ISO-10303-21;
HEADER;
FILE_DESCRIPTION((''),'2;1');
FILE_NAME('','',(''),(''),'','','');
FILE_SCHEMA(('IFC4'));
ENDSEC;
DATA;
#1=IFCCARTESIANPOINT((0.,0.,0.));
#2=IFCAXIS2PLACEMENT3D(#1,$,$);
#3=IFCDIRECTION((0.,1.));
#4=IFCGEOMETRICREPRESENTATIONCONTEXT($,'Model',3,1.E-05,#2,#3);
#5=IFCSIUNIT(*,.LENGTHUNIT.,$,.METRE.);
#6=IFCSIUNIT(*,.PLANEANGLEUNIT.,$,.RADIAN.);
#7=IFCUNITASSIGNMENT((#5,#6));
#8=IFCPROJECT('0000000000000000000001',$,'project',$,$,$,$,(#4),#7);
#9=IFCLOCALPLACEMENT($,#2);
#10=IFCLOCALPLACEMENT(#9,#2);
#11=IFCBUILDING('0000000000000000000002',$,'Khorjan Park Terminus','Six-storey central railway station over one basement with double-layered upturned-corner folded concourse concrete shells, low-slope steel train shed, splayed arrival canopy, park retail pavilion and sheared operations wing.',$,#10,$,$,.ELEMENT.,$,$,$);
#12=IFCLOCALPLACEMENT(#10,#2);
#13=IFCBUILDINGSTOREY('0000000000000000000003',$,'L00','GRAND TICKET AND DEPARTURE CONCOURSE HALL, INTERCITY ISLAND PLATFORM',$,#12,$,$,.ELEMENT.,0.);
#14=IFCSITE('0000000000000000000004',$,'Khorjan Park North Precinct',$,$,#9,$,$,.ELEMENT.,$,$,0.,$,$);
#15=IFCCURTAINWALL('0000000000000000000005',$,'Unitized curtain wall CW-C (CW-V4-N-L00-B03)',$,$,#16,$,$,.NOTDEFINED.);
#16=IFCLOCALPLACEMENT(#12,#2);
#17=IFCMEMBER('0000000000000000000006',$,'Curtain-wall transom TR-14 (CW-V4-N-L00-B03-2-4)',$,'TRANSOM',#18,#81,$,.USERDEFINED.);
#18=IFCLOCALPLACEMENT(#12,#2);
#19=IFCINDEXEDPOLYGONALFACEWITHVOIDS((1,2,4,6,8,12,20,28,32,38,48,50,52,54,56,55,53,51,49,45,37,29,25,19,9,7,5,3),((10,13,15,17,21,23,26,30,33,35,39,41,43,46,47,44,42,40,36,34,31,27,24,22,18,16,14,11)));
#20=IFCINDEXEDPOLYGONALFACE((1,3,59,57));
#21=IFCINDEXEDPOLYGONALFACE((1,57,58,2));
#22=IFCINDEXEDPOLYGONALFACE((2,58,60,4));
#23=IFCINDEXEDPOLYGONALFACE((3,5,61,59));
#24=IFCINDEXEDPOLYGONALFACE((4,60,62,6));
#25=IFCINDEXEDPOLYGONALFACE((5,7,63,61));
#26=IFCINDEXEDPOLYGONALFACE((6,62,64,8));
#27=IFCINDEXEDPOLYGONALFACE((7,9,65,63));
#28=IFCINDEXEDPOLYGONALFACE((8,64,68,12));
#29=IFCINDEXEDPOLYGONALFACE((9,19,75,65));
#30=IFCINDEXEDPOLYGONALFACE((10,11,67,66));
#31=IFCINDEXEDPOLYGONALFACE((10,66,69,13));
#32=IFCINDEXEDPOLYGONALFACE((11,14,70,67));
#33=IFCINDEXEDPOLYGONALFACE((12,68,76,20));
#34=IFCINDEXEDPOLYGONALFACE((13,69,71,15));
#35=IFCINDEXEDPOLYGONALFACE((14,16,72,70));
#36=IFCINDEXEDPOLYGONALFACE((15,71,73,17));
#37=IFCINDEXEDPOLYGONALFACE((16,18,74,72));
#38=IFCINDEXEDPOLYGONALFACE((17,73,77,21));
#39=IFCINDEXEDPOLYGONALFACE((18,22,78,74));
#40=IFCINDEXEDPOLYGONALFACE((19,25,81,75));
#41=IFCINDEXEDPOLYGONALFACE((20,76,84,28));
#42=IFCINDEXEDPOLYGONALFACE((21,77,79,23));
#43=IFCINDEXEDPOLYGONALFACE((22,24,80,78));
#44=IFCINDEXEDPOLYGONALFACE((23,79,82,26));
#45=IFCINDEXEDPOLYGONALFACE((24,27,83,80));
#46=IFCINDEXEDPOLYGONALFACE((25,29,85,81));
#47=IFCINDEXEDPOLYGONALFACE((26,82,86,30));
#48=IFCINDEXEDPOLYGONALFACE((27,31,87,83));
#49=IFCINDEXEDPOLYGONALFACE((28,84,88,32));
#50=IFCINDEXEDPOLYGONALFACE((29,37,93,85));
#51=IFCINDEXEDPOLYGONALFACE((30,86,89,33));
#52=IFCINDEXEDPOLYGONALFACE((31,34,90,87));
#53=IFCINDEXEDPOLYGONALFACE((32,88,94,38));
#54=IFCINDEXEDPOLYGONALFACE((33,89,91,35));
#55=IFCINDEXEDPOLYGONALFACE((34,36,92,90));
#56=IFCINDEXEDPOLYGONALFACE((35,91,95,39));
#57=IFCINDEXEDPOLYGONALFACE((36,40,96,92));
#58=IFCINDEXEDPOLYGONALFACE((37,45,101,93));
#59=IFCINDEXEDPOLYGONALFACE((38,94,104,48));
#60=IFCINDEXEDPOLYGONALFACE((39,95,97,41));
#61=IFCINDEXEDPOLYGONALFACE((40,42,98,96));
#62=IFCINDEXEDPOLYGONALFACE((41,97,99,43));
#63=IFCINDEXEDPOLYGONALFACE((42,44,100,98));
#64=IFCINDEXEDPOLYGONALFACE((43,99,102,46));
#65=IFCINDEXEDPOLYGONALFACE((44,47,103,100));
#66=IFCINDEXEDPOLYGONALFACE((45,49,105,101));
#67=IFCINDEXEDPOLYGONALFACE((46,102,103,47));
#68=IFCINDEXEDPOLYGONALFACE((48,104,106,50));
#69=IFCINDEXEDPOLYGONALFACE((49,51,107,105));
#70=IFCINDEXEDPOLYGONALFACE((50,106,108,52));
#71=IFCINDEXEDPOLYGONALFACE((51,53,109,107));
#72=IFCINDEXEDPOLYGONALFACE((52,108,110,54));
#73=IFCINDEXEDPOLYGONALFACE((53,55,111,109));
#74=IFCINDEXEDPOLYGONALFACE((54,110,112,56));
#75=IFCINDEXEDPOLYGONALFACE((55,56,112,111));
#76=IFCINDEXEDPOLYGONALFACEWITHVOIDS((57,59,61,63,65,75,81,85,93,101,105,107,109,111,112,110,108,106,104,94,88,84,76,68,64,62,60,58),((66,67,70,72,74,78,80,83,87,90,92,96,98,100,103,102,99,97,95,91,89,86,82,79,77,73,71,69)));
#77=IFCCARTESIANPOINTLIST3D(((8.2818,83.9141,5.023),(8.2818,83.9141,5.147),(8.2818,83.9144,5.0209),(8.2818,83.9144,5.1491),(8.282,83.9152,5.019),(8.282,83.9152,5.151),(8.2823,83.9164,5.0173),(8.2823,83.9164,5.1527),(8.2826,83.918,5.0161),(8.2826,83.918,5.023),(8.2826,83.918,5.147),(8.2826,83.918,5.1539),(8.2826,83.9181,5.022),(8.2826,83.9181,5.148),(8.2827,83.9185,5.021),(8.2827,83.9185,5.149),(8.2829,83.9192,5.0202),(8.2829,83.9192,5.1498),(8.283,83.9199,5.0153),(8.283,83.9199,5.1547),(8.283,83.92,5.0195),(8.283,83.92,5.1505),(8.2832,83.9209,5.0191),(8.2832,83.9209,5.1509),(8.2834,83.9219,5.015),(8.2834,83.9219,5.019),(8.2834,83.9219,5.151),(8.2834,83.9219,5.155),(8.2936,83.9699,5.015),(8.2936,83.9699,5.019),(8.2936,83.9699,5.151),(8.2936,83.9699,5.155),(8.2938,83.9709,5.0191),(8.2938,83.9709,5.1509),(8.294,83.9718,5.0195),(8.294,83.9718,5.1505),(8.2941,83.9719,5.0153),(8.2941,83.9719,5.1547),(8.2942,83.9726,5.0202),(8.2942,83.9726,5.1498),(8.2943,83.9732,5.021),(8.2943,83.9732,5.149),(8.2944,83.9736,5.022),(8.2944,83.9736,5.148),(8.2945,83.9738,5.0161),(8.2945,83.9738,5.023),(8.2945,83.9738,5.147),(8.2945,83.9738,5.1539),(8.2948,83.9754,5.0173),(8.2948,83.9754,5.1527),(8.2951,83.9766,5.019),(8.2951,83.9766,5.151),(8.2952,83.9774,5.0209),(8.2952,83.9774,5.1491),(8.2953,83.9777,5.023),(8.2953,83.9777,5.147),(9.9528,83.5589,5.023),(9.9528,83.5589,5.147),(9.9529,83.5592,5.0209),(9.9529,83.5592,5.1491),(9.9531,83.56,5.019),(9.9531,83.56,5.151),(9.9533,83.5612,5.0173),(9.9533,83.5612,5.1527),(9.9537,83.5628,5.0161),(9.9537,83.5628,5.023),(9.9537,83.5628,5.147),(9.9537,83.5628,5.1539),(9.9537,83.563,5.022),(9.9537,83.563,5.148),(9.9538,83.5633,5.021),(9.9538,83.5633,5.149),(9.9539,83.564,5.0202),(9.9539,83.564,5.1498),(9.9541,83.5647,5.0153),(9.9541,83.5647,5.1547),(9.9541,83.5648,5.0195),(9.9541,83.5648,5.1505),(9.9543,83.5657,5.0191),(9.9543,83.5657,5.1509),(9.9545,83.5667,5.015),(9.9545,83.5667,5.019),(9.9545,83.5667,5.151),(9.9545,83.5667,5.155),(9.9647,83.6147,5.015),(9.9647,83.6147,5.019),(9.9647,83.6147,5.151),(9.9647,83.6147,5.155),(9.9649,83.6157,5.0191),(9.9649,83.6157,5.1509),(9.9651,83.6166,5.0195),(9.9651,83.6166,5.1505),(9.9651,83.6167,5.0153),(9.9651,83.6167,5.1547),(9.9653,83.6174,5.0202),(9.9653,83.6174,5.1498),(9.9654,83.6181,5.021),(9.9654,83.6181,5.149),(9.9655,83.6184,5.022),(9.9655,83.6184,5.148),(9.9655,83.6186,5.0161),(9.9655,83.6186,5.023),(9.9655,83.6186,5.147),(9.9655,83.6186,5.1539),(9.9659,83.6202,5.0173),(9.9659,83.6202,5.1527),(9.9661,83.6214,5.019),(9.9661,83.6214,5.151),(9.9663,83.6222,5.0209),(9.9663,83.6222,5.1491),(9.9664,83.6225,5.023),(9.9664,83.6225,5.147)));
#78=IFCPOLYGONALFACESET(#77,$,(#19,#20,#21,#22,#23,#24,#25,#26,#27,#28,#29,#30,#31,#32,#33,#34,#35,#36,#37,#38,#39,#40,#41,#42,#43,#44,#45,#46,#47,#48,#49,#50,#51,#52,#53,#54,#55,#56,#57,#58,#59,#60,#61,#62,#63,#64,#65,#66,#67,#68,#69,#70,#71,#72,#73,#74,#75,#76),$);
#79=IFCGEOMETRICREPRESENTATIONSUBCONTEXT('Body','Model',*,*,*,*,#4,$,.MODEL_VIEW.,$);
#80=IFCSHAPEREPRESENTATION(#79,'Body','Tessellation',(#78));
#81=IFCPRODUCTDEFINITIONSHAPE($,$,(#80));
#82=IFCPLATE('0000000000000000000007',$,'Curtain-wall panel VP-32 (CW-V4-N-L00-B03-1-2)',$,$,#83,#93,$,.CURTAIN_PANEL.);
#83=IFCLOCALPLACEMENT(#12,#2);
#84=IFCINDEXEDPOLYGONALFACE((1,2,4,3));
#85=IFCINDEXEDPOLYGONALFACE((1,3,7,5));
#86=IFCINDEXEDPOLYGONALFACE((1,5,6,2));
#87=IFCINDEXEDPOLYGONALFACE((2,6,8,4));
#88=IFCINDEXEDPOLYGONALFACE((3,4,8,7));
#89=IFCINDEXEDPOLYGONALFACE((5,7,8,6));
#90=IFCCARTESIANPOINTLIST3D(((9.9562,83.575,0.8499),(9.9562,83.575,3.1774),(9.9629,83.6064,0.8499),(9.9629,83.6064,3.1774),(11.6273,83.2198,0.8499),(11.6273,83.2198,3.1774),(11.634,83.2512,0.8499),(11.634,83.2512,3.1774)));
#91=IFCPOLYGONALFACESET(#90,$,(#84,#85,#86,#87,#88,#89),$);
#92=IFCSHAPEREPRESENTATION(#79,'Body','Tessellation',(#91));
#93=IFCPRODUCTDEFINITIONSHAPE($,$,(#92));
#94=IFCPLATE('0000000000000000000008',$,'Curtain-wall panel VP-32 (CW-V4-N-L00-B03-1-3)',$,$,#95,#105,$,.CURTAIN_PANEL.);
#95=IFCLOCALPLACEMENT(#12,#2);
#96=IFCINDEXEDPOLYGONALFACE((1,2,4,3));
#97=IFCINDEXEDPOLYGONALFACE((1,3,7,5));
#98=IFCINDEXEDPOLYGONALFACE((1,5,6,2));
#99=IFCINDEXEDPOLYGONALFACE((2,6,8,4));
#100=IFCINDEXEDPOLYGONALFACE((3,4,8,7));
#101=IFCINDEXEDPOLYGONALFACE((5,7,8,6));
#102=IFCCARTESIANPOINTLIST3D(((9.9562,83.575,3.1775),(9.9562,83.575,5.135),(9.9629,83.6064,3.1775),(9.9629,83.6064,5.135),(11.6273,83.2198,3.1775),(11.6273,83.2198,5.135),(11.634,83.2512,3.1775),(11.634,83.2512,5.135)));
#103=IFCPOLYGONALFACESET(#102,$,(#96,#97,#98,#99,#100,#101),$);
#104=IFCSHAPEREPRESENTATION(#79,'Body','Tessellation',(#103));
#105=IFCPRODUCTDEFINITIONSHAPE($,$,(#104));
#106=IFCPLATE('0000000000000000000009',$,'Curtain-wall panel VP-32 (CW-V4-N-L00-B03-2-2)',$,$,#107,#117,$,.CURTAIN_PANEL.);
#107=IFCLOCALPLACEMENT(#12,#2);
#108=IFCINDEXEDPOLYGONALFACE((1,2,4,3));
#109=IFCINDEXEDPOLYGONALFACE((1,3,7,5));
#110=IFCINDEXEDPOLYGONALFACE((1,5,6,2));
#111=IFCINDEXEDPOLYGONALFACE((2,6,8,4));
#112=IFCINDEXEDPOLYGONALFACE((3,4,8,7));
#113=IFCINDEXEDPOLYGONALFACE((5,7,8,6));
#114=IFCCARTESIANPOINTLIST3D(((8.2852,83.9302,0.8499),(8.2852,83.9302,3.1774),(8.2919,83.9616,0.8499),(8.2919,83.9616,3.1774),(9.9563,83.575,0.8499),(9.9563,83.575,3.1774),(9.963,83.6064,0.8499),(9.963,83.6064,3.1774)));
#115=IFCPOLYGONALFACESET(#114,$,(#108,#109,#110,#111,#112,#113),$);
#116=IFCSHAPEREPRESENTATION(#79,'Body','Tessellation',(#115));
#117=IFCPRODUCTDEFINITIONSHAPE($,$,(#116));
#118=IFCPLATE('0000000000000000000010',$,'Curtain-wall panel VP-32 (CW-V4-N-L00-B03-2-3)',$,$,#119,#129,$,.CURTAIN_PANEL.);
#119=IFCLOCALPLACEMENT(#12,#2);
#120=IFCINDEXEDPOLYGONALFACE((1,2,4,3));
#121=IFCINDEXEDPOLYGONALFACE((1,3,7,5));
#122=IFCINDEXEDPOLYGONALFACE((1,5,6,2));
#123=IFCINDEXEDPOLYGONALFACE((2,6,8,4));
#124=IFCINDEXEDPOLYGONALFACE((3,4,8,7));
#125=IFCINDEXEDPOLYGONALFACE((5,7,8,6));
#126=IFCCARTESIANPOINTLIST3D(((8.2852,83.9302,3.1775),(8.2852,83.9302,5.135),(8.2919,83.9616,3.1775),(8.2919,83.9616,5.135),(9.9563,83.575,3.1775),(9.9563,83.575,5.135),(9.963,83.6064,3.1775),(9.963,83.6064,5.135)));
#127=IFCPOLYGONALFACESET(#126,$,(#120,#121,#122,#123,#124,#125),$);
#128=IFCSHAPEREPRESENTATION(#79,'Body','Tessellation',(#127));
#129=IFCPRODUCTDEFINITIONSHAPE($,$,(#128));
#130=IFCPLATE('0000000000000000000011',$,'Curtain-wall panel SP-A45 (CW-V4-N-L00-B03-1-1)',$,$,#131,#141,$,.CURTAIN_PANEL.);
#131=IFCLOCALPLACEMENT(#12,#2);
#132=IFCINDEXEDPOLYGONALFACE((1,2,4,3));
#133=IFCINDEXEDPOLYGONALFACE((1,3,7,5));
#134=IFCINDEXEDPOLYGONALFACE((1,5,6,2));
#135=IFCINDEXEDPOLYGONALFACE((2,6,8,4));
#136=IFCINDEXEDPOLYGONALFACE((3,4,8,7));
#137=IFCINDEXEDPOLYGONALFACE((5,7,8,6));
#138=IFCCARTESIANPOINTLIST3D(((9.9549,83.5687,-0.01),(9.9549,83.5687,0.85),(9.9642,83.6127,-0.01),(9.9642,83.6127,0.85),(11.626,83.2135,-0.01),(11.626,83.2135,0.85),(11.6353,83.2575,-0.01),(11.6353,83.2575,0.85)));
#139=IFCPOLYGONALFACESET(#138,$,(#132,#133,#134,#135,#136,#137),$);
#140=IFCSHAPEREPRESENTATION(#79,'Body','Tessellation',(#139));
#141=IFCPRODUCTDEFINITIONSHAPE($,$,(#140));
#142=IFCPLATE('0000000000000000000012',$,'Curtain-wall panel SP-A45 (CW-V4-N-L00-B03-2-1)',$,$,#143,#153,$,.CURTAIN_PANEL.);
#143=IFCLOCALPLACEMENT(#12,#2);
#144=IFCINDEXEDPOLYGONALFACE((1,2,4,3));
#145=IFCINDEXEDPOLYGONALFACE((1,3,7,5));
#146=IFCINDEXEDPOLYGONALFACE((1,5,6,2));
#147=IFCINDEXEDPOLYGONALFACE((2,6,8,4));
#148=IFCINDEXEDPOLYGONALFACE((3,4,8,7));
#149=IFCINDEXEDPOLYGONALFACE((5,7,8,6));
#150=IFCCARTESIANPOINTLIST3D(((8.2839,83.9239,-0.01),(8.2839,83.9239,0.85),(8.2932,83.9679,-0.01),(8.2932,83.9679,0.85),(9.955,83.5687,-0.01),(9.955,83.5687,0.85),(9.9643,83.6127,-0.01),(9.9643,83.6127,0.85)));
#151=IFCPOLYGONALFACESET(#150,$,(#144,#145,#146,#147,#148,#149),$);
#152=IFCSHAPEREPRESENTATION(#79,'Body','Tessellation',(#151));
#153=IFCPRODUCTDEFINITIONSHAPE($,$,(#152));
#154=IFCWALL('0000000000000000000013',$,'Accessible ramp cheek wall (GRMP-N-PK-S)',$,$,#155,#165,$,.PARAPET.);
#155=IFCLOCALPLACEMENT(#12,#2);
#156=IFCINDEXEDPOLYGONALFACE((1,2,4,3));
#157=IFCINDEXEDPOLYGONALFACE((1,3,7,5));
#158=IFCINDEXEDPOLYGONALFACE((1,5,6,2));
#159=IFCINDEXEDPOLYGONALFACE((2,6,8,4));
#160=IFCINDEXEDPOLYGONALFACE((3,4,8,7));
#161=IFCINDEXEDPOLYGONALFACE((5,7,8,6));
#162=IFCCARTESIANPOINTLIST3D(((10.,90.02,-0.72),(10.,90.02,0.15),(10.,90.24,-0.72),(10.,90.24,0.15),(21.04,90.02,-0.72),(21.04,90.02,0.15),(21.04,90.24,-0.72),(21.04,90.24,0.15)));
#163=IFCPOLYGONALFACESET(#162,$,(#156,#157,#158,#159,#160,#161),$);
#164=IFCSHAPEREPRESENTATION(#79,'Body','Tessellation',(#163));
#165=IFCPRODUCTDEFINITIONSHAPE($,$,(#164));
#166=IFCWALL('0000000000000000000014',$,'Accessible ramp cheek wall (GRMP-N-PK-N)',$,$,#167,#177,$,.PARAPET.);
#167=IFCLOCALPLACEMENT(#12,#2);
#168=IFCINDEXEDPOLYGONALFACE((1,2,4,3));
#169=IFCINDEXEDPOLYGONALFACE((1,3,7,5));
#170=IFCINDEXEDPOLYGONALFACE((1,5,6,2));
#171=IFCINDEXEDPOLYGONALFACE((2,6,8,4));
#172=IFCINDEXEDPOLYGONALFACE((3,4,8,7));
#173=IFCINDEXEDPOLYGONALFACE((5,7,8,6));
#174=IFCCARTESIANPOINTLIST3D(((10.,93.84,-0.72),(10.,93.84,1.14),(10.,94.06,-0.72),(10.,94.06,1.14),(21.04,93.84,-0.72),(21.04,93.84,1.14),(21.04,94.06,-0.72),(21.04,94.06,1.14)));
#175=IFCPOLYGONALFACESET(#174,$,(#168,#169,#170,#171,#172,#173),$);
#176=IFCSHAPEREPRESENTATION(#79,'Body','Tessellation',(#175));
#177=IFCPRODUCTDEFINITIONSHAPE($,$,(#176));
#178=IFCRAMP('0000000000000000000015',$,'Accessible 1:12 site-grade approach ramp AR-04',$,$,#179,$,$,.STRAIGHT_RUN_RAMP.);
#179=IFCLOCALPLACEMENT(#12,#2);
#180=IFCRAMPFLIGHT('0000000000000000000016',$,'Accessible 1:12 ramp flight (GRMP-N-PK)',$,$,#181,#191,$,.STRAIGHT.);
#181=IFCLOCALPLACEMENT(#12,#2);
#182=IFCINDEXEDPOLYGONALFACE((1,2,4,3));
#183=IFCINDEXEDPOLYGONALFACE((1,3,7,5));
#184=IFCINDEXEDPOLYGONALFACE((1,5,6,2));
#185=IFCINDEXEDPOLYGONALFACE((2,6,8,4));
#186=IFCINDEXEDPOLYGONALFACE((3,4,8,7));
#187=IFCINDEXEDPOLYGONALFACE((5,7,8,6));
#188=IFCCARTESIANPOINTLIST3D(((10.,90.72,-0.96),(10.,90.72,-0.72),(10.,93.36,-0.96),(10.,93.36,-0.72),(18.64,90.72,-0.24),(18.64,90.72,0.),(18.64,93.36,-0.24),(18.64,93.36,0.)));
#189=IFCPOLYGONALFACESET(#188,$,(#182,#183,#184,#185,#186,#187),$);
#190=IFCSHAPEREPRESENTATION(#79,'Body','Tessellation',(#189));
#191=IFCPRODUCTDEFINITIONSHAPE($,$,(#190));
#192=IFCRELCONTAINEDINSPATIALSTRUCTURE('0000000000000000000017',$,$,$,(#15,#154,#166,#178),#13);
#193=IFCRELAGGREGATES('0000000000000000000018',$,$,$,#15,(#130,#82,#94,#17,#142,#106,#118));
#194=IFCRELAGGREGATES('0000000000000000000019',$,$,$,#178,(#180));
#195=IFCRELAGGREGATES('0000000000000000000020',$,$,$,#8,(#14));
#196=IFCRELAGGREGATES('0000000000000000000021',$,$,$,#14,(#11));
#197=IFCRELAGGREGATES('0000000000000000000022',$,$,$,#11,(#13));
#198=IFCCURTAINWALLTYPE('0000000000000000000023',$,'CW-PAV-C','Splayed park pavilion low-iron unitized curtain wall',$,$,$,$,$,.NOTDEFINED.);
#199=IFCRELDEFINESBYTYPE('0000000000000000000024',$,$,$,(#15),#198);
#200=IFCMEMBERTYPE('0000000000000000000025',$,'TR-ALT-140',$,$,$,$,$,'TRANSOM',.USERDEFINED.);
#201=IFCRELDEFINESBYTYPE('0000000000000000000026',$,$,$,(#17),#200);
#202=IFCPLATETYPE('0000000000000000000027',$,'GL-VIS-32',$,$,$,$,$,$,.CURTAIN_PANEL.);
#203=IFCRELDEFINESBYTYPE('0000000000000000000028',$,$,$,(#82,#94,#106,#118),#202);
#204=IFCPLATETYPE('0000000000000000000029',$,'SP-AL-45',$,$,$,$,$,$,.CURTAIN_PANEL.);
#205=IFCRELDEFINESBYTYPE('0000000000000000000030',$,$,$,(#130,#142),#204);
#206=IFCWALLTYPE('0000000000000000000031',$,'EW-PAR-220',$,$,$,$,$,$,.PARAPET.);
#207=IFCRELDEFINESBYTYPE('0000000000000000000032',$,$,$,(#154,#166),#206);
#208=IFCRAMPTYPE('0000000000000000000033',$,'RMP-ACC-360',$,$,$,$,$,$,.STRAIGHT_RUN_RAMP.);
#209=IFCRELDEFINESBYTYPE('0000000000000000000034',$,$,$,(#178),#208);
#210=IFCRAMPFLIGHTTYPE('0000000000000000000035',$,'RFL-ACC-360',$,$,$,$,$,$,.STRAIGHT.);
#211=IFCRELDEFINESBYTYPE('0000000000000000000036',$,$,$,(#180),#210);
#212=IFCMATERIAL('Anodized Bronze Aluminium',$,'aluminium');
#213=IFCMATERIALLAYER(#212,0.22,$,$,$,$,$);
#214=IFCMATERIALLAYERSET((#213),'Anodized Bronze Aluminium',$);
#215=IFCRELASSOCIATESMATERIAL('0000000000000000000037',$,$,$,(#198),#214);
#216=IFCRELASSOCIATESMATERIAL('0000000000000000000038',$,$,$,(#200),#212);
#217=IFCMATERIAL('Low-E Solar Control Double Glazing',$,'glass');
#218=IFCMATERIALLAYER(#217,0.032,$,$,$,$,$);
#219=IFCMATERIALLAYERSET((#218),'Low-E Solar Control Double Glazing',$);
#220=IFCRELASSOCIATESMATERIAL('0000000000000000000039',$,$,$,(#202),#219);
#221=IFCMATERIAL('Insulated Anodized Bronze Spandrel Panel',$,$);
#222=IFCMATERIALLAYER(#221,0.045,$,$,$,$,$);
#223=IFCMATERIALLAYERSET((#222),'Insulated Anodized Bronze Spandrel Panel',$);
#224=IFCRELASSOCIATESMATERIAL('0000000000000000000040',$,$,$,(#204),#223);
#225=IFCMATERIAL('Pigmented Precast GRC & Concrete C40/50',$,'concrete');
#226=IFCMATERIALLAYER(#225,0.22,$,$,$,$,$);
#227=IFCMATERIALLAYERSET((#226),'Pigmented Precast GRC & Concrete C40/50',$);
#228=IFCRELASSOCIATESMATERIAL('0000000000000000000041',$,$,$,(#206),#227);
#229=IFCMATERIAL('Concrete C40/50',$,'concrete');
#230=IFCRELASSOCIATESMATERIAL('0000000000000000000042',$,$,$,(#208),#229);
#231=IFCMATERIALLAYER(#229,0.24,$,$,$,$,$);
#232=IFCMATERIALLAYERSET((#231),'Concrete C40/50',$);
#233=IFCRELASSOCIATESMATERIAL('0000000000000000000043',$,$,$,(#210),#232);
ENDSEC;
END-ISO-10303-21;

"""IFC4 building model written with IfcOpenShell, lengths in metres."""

from ifc_helpers import new_model, si_unit, direction, frame, frame_2d, origin, origin_2d, place, context, subcontext, project, spatial, polyline, rectangle, hollow_rectangle, outline, extrude, material, layer, layer_set, material_profile, profile_set, type_object, element, aggregate, save


model = new_model("IFC4")

# Units and contexts
model_context = context("Model", 3, precision=1e-05, world=origin(), true_north=direction((0.0, 1.0)))
body_context = subcontext(model_context, "Body", "Model", "MODEL_VIEW")
ifc_project = project(units=[si_unit("LENGTHUNIT", "METRE"), si_unit("PLANEANGLEUNIT", "RADIAN")], contexts=[model_context])

# Site, building, storey
site_placement = place(None, origin())
site = spatial("IfcSite", under=ifc_project, at=site_placement, Name="Khorjan Park North Precinct", CompositionType="ELEMENT", RefElevation=0.0)
building_placement = place(site_placement, origin())
building = spatial("IfcBuilding", under=site, at=building_placement, Name="Khorjan Park Terminus", Description="Six-storey central railway station over one basement with double-layered upturned-corner folded concourse concrete shells, low-slope steel train shed, splayed arrival canopy, park retail pavilion and sheared operations wing.", CompositionType="ELEMENT")
storey_placement = place(building_placement, origin())
storey = spatial("IfcBuildingStorey", under=building, at=storey_placement, Name="L00", Description="GRAND TICKET AND DEPARTURE CONCOURSE HALL, INTERCITY ISLAND PLATFORM", CompositionType="ELEMENT", Elevation=0.0)

# Shared definitions
ifc_material_1 = material(Name="Concrete C40/50", Category="concrete")

# Curtain wall, member, plates
ifc_material_2 = material(Name="Anodized Bronze Aluminium", Category="aluminium")
ifc_layer_1 = layer(ifc_material_2, 0.22)
ifc_layer_set_1 = layer_set([ifc_layer_1], Name="Anodized Bronze Aluminium")
curtain_wall_type = type_object("IfcCurtainWallType", Name="CW-PAV-C", Description="Splayed park pavilion low-iron unitized curtain wall", PredefinedType="NOTDEFINED", material=ifc_layer_set_1)
curtain_wall_placement = place(storey_placement, origin())
curtain_wall = element("IfcCurtainWall", 1, at=curtain_wall_placement, inside=storey, type_object=curtain_wall_type, Name="Unitized curtain wall CW-C (CW-V4-N-L00-B03)", PredefinedType="NOTDEFINED")
ifc_material_profile_1 = material_profile(ifc_material_2, hollow_rectangle(XDim=0.065, YDim=0.14, WallThickness=0.004, InnerFilletRadius=0.004, OuterFilletRadius=0.008, at=origin_2d()), Name="ALT 65x140x4")
ifc_profile_set_1 = profile_set([ifc_material_profile_1], Name="Anodized Bronze Aluminium")
member_type_1 = type_object("IfcMemberType", Name="TR-ALT-140", ElementType="TRANSOM", PredefinedType="USERDEFINED", material=ifc_profile_set_1)
member_1_placement = place(storey_placement, frame((9.9596, 83.5907, 5.085), z_axis=(-0.978148, 0.20791, 0.0), x_axis=(-0.20791, -0.978148, 0.0)))
member_1 = element("IfcMember", 2, at=member_1_placement, type_object=member_type_1, Name="Curtain-wall transom TR-14 (CW-V4-N-L00-B03-2-4)", ObjectType="TRANSOM", PredefinedType="USERDEFINED", context=body_context, shape_type="SweptSolid", body=[
    extrude(hollow_rectangle(XDim=0.065, YDim=0.14, WallThickness=0.004, InnerFilletRadius=0.004, OuterFilletRadius=0.008, at=origin_2d()), origin(), (0.0, 0.0, 1.0), 1.7084),
])
ifc_material_3 = material(Name="Low-E Solar Control Double Glazing", Category="glass")
ifc_layer_2 = layer(ifc_material_3, 0.032)
ifc_layer_set_2 = layer_set([ifc_layer_2], Name="Low-E Solar Control Double Glazing")
plate_type_1 = type_object("IfcPlateType", Name="GL-VIS-32", PredefinedType="CURTAIN_PANEL", material=ifc_layer_set_2)
plate_1_placement = place(storey_placement, frame((10.7951, 83.4131, 0.8499), z_axis=(0.0, 0.0, 1.0), x_axis=(-0.978147, 0.207914, 0.0)))
plate_1 = element("IfcPlate", 3, at=plate_1_placement, type_object=plate_type_1, Name="Curtain-wall panel VP-32 (CW-V4-N-L00-B03-1-2)", PredefinedType="CURTAIN_PANEL", context=body_context, shape_type="SweptSolid", body=[
    extrude(rectangle(XDim=1.7084, YDim=0.032, at=origin_2d()), origin(), (0.0, 0.0, 1.0), 2.3275),
])
plate_2_placement = place(storey_placement, frame((10.7951, 83.4131, 3.1775), z_axis=(0.0, 0.0, 1.0), x_axis=(-0.978147, 0.207914, 0.0)))
plate_2 = element("IfcPlate", 4, at=plate_2_placement, type_object=plate_type_1, Name="Curtain-wall panel VP-32 (CW-V4-N-L00-B03-1-3)", PredefinedType="CURTAIN_PANEL", context=body_context, shape_type="SweptSolid", body=[
    extrude(rectangle(XDim=1.7084, YDim=0.032, at=origin_2d()), origin(), (0.0, 0.0, 1.0), 1.9575),
])
plate_3_placement = place(storey_placement, frame((9.1241, 83.7683, 0.8499), z_axis=(0.0, 0.0, 1.0), x_axis=(-0.978147, 0.207914, 0.0)))
plate_3 = element("IfcPlate", 5, at=plate_3_placement, type_object=plate_type_1, Name="Curtain-wall panel VP-32 (CW-V4-N-L00-B03-2-2)", PredefinedType="CURTAIN_PANEL", context=body_context, shape_type="SweptSolid", body=[
    extrude(rectangle(XDim=1.7084, YDim=0.032, at=origin_2d()), origin(), (0.0, 0.0, 1.0), 2.3275),
])
plate_4_placement = place(storey_placement, frame((9.1241, 83.7683, 3.1775), z_axis=(0.0, 0.0, 1.0), x_axis=(-0.978147, 0.207914, 0.0)))
plate_4 = element("IfcPlate", 6, at=plate_4_placement, type_object=plate_type_1, Name="Curtain-wall panel VP-32 (CW-V4-N-L00-B03-2-3)", PredefinedType="CURTAIN_PANEL", context=body_context, shape_type="SweptSolid", body=[
    extrude(rectangle(XDim=1.7084, YDim=0.032, at=origin_2d()), origin(), (0.0, 0.0, 1.0), 1.9575),
])
ifc_material_4 = material(Name="Insulated Anodized Bronze Spandrel Panel")
ifc_layer_3 = layer(ifc_material_4, 0.045)
ifc_layer_set_3 = layer_set([ifc_layer_3], Name="Insulated Anodized Bronze Spandrel Panel")
plate_type_2 = type_object("IfcPlateType", Name="SP-AL-45", PredefinedType="CURTAIN_PANEL", material=ifc_layer_set_3)
plate_5_placement = place(storey_placement, frame((10.7951, 83.4131, -0.01), z_axis=(0.0, 0.0, 1.0), x_axis=(-0.978147, 0.207914, 0.0)))
plate_5 = element("IfcPlate", 7, at=plate_5_placement, type_object=plate_type_2, Name="Curtain-wall panel SP-A45 (CW-V4-N-L00-B03-1-1)", PredefinedType="CURTAIN_PANEL", context=body_context, shape_type="SweptSolid", body=[
    extrude(rectangle(XDim=1.7084, YDim=0.045, at=origin_2d()), origin(), (0.0, 0.0, 1.0), 0.86),
])
plate_6_placement = place(storey_placement, frame((9.1241, 83.7683, -0.01), z_axis=(0.0, 0.0, 1.0), x_axis=(-0.978147, 0.207914, 0.0)))
plate_6 = element("IfcPlate", 8, at=plate_6_placement, type_object=plate_type_2, Name="Curtain-wall panel SP-A45 (CW-V4-N-L00-B03-2-1)", PredefinedType="CURTAIN_PANEL", context=body_context, shape_type="SweptSolid", body=[
    extrude(rectangle(XDim=1.7084, YDim=0.045, at=origin_2d()), origin(), (0.0, 0.0, 1.0), 0.86),
])
aggregate(curtain_wall, [plate_5, plate_1, plate_2, member_1, plate_6, plate_3, plate_4])

# Walls
ifc_material_5 = material(Name="Pigmented Precast GRC & Concrete C40/50", Category="concrete")
ifc_layer_4 = layer(ifc_material_5, 0.22)
ifc_layer_set_4 = layer_set([ifc_layer_4], Name="Pigmented Precast GRC & Concrete C40/50")
wall_type = type_object("IfcWallType", Name="EW-PAR-220", PredefinedType="PARAPET", material=ifc_layer_set_4)
wall_1_placement = place(storey_placement, frame((10.0, 90.13, -0.72), z_axis=(0.0, 0.0, 1.0), x_axis=(1.0, 0.0, 0.0)))
element("IfcWall", 9, at=wall_1_placement, inside=storey, type_object=wall_type, Name="Accessible ramp cheek wall (GRMP-N-PK-S)", PredefinedType="PARAPET", context=body_context, shape_type="SweptSolid", body=[
    extrude(rectangle(XDim=11.04, YDim=0.22, at=frame_2d((5.52, 0.0))), origin(), (0.0, 0.0, 1.0), 0.87),
])
wall_2_placement = place(storey_placement, frame((10.0, 93.95, -0.72), z_axis=(0.0, 0.0, 1.0), x_axis=(1.0, 0.0, 0.0)))
element("IfcWall", 10, at=wall_2_placement, inside=storey, type_object=wall_type, Name="Accessible ramp cheek wall (GRMP-N-PK-N)", PredefinedType="PARAPET", context=body_context, shape_type="SweptSolid", body=[
    extrude(rectangle(XDim=11.04, YDim=0.22, at=frame_2d((5.52, 0.0))), origin(), (0.0, 0.0, 1.0), 1.86),
])

# Ramp, ramp flight
ramp_type = type_object("IfcRampType", Name="RMP-ACC-360", PredefinedType="STRAIGHT_RUN_RAMP", material=ifc_material_1)
ramp_placement = place(storey_placement, origin())
ramp = element("IfcRamp", 11, at=ramp_placement, inside=storey, type_object=ramp_type, Name="Accessible 1:12 site-grade approach ramp AR-04", PredefinedType="STRAIGHT_RUN_RAMP")
ifc_layer_5 = layer(ifc_material_1, 0.24)
ifc_layer_set_5 = layer_set([ifc_layer_5], Name="Concrete C40/50")
ramp_flight_type = type_object("IfcRampFlightType", Name="RFL-ACC-360", PredefinedType="STRAIGHT", material=ifc_layer_set_5)
ramp_flight_placement = place(storey_placement, frame((10.0, 92.04, -0.72), z_axis=(0.0, 0.0, 1.0), x_axis=(1.0, 0.0, 0.0)))
ramp_flight = element("IfcRampFlight", 12, at=ramp_flight_placement, type_object=ramp_flight_type, Name="Accessible 1:12 ramp flight (GRMP-N-PK)", PredefinedType="STRAIGHT", context=body_context, shape_type="SweptSolid", body=[
    extrude(outline(polyline([(0.0, 0.0), (8.64, 0.72), (8.64, 0.48), (0.0, -0.24), (0.0, 0.0)])), frame((0.0, 1.32, 0.0), z_axis=(0.0, -1.0, 0.0), x_axis=(1.0, 0.0, 0.0)), (0.0, 0.0, 1.0), 2.64),
])

aggregate(ramp, [ramp_flight])

save(model, "model.ifc")
